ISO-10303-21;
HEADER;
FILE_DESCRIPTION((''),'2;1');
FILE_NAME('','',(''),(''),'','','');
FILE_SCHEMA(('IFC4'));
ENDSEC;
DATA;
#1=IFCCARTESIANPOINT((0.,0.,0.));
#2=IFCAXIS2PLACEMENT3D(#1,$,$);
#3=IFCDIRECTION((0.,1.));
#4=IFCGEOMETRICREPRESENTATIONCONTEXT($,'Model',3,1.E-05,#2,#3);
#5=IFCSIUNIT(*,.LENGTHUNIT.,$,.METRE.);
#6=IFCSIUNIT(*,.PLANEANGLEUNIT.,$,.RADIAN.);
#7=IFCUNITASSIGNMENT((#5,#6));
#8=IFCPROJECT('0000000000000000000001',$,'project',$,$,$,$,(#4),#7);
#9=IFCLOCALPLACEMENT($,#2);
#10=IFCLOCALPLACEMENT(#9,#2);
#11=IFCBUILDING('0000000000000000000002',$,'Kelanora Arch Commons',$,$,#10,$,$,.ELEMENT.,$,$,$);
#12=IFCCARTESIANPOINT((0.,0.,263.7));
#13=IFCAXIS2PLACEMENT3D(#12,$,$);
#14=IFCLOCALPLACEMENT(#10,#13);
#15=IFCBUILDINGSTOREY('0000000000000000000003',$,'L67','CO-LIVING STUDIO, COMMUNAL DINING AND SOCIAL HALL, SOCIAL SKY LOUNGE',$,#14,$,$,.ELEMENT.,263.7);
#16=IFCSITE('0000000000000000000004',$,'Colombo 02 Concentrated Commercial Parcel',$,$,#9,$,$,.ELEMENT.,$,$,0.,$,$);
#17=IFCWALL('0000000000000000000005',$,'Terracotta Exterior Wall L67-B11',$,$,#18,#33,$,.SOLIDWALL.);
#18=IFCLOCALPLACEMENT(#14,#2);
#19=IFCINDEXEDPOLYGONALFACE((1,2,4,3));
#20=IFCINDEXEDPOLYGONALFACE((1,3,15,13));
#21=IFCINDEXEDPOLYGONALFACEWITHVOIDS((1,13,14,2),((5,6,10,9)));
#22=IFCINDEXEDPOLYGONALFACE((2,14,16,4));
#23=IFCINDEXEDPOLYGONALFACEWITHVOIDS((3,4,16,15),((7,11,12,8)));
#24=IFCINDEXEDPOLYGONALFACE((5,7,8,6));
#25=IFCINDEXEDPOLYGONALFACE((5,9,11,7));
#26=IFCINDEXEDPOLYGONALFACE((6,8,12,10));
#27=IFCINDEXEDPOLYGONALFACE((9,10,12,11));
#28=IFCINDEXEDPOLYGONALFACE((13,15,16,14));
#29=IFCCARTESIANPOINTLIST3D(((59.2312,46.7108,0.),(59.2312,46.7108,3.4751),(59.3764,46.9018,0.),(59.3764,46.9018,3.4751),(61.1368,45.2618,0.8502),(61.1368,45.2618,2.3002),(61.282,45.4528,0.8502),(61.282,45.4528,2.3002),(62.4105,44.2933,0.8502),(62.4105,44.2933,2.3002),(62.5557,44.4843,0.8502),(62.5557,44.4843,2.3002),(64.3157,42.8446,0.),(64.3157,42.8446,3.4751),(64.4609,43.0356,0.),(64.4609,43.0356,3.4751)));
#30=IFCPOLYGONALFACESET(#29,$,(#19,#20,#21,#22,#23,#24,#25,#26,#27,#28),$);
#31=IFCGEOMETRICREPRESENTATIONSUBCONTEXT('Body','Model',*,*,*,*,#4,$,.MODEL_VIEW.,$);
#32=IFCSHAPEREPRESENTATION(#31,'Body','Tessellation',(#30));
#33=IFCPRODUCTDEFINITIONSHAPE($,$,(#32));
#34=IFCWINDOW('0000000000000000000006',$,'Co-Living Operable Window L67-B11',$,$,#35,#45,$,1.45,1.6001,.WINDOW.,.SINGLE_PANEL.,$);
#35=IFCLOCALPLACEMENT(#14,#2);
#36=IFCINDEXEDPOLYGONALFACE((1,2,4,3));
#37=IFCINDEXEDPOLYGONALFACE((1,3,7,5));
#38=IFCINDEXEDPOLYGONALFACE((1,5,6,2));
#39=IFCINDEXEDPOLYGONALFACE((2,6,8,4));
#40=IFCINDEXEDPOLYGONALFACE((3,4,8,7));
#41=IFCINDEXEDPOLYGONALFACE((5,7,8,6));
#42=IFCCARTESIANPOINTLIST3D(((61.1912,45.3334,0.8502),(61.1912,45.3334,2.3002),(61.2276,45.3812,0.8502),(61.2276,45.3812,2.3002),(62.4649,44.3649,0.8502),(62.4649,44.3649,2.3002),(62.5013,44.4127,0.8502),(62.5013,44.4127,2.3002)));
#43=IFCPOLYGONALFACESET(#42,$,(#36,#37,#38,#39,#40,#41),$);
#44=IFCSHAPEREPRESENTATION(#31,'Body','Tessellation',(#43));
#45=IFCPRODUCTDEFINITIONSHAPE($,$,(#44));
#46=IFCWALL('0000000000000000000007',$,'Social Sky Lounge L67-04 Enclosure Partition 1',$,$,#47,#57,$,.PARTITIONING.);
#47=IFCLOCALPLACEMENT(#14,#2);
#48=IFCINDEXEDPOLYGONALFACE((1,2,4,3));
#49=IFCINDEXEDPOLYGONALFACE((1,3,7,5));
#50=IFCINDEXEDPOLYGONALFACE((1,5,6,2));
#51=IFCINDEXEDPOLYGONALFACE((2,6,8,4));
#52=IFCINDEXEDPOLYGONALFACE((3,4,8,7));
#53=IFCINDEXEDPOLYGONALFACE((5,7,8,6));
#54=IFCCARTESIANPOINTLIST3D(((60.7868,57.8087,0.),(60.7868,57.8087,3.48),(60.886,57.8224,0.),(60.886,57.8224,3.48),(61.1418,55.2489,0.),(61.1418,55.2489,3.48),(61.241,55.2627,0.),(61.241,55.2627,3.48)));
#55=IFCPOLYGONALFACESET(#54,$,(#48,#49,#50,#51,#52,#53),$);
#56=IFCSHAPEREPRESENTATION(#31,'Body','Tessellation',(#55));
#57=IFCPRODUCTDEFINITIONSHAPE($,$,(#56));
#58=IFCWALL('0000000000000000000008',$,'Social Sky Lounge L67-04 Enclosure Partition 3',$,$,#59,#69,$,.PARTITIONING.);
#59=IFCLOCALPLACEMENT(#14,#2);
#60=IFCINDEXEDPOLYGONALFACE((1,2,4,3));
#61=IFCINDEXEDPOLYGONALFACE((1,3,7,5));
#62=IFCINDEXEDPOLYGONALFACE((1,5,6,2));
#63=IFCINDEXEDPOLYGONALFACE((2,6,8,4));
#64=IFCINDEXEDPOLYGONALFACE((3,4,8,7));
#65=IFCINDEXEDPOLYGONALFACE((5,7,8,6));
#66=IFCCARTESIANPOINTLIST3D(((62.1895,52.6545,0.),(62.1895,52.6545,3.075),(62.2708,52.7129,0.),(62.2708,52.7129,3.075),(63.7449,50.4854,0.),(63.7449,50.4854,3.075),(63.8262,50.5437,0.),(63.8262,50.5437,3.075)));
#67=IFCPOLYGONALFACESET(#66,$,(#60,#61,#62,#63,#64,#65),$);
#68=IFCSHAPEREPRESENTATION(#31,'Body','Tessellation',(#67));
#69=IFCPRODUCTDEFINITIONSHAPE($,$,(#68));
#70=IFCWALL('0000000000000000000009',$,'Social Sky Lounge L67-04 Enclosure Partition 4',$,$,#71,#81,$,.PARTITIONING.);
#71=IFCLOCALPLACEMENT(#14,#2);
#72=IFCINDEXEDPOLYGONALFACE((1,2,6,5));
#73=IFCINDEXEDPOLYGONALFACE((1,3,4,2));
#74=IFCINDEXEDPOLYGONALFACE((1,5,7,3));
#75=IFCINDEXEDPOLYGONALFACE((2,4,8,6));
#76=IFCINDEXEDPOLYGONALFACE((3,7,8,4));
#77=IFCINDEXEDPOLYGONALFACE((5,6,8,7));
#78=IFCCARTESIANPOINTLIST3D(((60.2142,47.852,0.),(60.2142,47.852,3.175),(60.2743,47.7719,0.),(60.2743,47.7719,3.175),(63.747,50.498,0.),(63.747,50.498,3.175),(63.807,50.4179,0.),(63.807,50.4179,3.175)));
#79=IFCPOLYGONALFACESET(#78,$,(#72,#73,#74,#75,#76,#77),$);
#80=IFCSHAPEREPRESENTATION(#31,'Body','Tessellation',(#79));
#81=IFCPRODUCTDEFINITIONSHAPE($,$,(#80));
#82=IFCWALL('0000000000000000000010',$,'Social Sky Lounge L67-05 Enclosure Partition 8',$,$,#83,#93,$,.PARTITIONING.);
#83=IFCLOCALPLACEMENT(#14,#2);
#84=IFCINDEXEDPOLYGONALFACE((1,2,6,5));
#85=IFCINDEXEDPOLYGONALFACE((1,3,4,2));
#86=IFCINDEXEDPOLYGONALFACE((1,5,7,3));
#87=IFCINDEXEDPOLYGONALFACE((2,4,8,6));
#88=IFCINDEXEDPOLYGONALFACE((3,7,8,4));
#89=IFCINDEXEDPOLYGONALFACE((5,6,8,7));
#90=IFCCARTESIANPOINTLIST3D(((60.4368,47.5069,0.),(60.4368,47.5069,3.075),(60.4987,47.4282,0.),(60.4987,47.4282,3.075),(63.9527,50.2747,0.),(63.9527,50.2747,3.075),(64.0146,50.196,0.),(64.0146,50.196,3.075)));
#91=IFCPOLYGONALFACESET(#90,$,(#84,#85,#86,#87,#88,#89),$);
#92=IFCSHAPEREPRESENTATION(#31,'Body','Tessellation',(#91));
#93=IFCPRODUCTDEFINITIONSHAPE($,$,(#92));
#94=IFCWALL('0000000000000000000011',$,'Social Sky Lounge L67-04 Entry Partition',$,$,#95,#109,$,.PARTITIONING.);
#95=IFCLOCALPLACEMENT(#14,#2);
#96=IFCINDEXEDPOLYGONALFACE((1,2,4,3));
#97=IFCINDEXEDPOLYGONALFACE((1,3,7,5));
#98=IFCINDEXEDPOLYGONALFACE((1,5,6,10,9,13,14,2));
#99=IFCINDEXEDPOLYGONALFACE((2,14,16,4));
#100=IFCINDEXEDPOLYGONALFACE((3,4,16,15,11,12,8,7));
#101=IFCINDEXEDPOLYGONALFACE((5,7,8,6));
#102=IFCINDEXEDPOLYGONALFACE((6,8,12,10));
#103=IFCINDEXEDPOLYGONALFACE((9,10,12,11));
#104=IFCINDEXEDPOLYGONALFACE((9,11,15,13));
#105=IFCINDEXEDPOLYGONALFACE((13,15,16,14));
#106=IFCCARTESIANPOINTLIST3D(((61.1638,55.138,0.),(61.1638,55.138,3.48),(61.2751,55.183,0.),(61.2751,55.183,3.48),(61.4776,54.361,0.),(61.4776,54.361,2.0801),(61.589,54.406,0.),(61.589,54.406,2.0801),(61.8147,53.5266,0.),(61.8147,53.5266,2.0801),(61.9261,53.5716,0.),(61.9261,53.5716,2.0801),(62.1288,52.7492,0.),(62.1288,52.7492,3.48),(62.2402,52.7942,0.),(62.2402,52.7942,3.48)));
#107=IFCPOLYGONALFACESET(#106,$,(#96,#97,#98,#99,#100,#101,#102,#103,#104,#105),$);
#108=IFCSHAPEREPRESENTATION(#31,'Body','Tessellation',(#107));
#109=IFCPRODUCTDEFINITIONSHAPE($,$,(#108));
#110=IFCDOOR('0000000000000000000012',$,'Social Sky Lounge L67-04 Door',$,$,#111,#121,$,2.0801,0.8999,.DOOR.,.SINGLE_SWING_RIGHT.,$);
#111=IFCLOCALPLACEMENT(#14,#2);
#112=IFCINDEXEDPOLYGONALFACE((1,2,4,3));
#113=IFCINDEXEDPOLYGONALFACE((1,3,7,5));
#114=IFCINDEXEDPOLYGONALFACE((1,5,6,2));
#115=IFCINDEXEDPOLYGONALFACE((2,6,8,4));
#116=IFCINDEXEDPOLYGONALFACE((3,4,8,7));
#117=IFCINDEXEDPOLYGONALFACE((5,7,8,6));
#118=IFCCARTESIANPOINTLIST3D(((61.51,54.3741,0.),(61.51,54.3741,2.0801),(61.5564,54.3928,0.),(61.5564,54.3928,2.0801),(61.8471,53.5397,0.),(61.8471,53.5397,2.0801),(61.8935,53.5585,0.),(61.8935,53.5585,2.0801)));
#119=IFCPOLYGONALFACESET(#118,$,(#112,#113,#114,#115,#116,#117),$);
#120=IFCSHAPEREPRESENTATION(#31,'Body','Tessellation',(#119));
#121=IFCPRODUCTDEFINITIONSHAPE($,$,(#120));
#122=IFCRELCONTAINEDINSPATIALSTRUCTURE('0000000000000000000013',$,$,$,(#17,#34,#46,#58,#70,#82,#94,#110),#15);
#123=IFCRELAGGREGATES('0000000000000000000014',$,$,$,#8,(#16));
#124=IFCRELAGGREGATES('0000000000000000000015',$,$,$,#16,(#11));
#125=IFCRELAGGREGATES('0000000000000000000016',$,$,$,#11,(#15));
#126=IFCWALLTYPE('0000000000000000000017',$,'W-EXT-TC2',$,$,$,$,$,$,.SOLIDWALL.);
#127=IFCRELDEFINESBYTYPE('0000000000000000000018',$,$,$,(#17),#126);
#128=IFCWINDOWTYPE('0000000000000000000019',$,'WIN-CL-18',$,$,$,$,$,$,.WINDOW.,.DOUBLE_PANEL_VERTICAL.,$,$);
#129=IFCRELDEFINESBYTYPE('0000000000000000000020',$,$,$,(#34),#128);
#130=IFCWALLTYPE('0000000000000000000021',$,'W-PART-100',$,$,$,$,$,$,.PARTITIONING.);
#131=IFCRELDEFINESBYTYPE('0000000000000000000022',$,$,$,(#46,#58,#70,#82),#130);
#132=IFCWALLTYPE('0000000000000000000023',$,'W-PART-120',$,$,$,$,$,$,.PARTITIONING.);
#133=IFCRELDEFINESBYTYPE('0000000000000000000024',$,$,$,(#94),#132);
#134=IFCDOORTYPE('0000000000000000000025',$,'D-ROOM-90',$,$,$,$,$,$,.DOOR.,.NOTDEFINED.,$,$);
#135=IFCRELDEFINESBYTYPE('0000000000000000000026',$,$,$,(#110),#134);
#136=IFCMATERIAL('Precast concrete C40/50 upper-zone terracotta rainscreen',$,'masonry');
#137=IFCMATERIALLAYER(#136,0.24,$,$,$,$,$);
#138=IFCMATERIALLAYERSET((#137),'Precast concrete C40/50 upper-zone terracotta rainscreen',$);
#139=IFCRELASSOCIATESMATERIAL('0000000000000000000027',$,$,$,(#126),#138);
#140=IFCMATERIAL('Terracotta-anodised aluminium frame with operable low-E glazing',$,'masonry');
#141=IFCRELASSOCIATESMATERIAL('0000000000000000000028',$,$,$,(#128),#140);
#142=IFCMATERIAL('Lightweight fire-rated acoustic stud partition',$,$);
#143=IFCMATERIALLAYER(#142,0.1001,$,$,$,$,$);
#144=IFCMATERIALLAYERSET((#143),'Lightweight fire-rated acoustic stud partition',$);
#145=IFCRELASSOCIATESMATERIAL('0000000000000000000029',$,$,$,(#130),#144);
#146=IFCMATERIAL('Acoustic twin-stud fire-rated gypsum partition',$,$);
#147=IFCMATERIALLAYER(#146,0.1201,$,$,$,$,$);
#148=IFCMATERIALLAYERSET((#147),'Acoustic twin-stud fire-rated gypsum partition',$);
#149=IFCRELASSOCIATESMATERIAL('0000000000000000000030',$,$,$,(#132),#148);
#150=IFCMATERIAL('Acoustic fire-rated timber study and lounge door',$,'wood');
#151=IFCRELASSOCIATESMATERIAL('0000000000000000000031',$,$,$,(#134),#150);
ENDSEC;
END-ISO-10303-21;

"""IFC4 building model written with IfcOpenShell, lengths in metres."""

from ifc_helpers import new_model, si_unit, direction, frame, frame_2d, origin, place, context, subcontext, project, spatial, rectangle, extrude, material, layer, layer_set, type_object, element, fill, save


model = new_model("IFC4")

# Units and contexts
model_context = context("Model", 3, precision=1e-05, world=origin(), true_north=direction((0.0, 1.0)))
body_context = subcontext(model_context, "Body", "Model", "MODEL_VIEW")
ifc_project = project(units=[si_unit("LENGTHUNIT", "METRE"), si_unit("PLANEANGLEUNIT", "RADIAN")], contexts=[model_context])

# Site, building, storey
site_placement = place(None, origin())
site = spatial("IfcSite", under=ifc_project, at=site_placement, Name="Colombo 02 Concentrated Commercial Parcel", CompositionType="ELEMENT", RefElevation=0.0)
building_placement = place(site_placement, origin())
building = spatial("IfcBuilding", under=site, at=building_placement, Name="Kelanora Arch Commons", CompositionType="ELEMENT")
storey_placement = place(building_placement, frame((0.0, 0.0, 263.7)))
storey = spatial("IfcBuildingStorey", under=building, at=storey_placement, Name="L67", Description="CO-LIVING STUDIO, COMMUNAL DINING AND SOCIAL HALL, SOCIAL SKY LOUNGE", CompositionType="ELEMENT", Elevation=263.7)

# Wall, opening, window
ifc_material_1 = material(Name="Precast concrete C40/50 upper-zone terracotta rainscreen", Category="masonry")
ifc_layer_1 = layer(ifc_material_1, 0.24)
ifc_layer_set_1 = layer_set([ifc_layer_1], Name="Precast concrete C40/50 upper-zone terracotta rainscreen")
wall_type_1 = type_object("IfcWallType", Name="W-EXT-TC2", PredefinedType="SOLIDWALL", material=ifc_layer_set_1)
wall_1_placement = place(storey_placement, frame((59.3037, 46.8064, 0.0), z_axis=(0.0, 0.0, 1.0), x_axis=(0.79601, -0.605283, 0.0)))
wall_1 = element("IfcWall", 1, at=wall_1_placement, inside=storey, type_object=wall_type_1, Name="Terracotta Exterior Wall L67-B11", PredefinedType="SOLIDWALL", context=body_context, shape_type="SweptSolid", body=[
    extrude(rectangle(XDim=6.3875, YDim=0.24, at=frame_2d((3.1938, 0.0))), origin(), (0.0, 0.0, 1.0), 3.4751),
])
opening_1_placement = place(wall_1_placement, frame((2.394, 0.0, 0.8501)))
opening_1 = element("IfcOpeningElement", 2, at=opening_1_placement, cuts=wall_1, PredefinedType="OPENING", context=body_context, shape_type="SweptSolid", body=[
    extrude(rectangle(XDim=1.6001, YDim=1.45, at=frame_2d((0.8, 0.7251))), frame((0.0, 0.1299, 0.0), z_axis=(0.0, -1.0, 0.0), x_axis=(1.0, 0.0, 0.0)), (0.0, 0.0, 1.0), 0.26),
])
ifc_material_2 = material(Name="Terracotta-anodised aluminium frame with operable low-E glazing", Category="masonry")
window_type = type_object("IfcWindowType", Name="WIN-CL-18", PartitioningType="DOUBLE_PANEL_VERTICAL", PredefinedType="WINDOW", material=ifc_material_2)
window_placement = place(opening_1_placement, origin())
window = element("IfcWindow", 3, at=window_placement, inside=storey, type_object=window_type, Name="Co-Living Operable Window L67-B11", OverallHeight=1.45, OverallWidth=1.6001, PartitioningType="SINGLE_PANEL", PredefinedType="WINDOW", context=body_context, shape_type="SweptSolid", body=[
    extrude(rectangle(XDim=1.6001, YDim=1.45, at=frame_2d((0.8, 0.7251))), frame((0.0, 0.03, 0.0), z_axis=(0.0, -1.0, 0.0), x_axis=(1.0, 0.0, 0.0)), (0.0, 0.0, 1.0), 0.0601),
])
fill(opening_1, window)

# Walls
ifc_material_3 = material(Name="Lightweight fire-rated acoustic stud partition")
ifc_layer_2 = layer(ifc_material_3, 0.1001)
ifc_layer_set_2 = layer_set([ifc_layer_2], Name="Lightweight fire-rated acoustic stud partition")
wall_type_2 = type_object("IfcWallType", Name="W-PART-100", PredefinedType="PARTITIONING", material=ifc_layer_set_2)
wall_2_placement = place(storey_placement, frame((60.8364, 57.8154, 0.0), z_axis=(0.0, 0.0, 1.0), x_axis=(0.13736, -0.990521, 0.0)))
element("IfcWall", 4, at=wall_2_placement, inside=storey, type_object=wall_type_2, Name="Social Sky Lounge L67-04 Enclosure Partition 1", PredefinedType="PARTITIONING", context=body_context, shape_type="SweptSolid", body=[
    extrude(rectangle(XDim=2.5842, YDim=0.1001, at=frame_2d((1.292, 0.0))), origin(), (0.0, 0.0, 1.0), 3.48),
])
wall_3_placement = place(storey_placement, frame((62.2302, 52.6836, 0.0), z_axis=(0.0, 0.0, 1.0), x_axis=(0.582725, -0.812669, 0.0)))
element("IfcWall", 5, at=wall_3_placement, inside=storey, type_object=wall_type_2, Name="Social Sky Lounge L67-04 Enclosure Partition 3", PredefinedType="PARTITIONING", context=body_context, shape_type="SweptSolid", body=[
    extrude(rectangle(XDim=2.6692, YDim=0.1001, at=frame_2d((1.3345, 0.0))), origin(), (0.0, 0.0, 1.0), 3.075),
])
wall_4_placement = place(storey_placement, frame((63.7771, 50.458, 0.0), z_axis=(0.0, 0.0, 1.0), x_axis=(-0.800385, -0.599487, 0.0)))
element("IfcWall", 6, at=wall_4_placement, inside=storey, type_object=wall_type_2, Name="Social Sky Lounge L67-04 Enclosure Partition 4", PredefinedType="PARTITIONING", context=body_context, shape_type="SweptSolid", body=[
    extrude(rectangle(XDim=4.4138, YDim=0.1001, at=frame_2d((2.207, 0.0))), origin(), (0.0, 0.0, 1.0), 3.175),
])
wall_5_placement = place(storey_placement, frame((60.4678, 47.4675, 0.0), z_axis=(0.0, 0.0, 1.0), x_axis=(0.785737, 0.618561, 0.0)))
element("IfcWall", 7, at=wall_5_placement, inside=storey, type_object=wall_type_2, Name="Social Sky Lounge L67-05 Enclosure Partition 8", PredefinedType="PARTITIONING", context=body_context, shape_type="SweptSolid", body=[
    extrude(rectangle(XDim=4.4746, YDim=0.1001, at=frame_2d((2.2373, 0.0))), origin(), (0.0, 0.0, 1.0), 3.075),
])

# Wall, opening, door
ifc_material_4 = material(Name="Acoustic twin-stud fire-rated gypsum partition")
ifc_layer_3 = layer(ifc_material_4, 0.1201)
ifc_layer_set_3 = layer_set([ifc_layer_3], Name="Acoustic twin-stud fire-rated gypsum partition")
wall_type_3 = type_object("IfcWallType", Name="W-PART-120", PredefinedType="PARTITIONING", material=ifc_layer_set_3)
wall_6_placement = place(storey_placement, frame((61.2195, 55.1604, 0.0), z_axis=(0.0, 0.0, 1.0), x_axis=(0.374574, -0.927197, 0.0)))
wall_6 = element("IfcWall", 8, at=wall_6_placement, inside=storey, type_object=wall_type_3, Name="Social Sky Lounge L67-04 Entry Partition", PredefinedType="PARTITIONING", context=body_context, shape_type="SweptSolid", body=[
    extrude(rectangle(XDim=2.5764, YDim=0.1201, at=frame_2d((1.2881, 0.0))), origin(), (0.0, 0.0, 1.0), 3.48),
])
opening_2_placement = place(wall_6_placement, frame((0.8379, 0.0, 0.0)))
opening_2 = element("IfcOpeningElement", 9, at=opening_2_placement, cuts=wall_6, PredefinedType="OPENING", context=body_context, shape_type="SweptSolid", body=[
    extrude(rectangle(XDim=0.8999, YDim=2.0801, at=frame_2d((0.45, 1.04))), frame((0.0, 0.0701, 0.0), z_axis=(0.0, -1.0, 0.0), x_axis=(1.0, 0.0, 0.0)), (0.0, 0.0, 1.0), 0.1401),
])
ifc_material_5 = material(Name="Acoustic fire-rated timber study and lounge door", Category="wood")
door_type = type_object("IfcDoorType", Name="D-ROOM-90", OperationType="NOTDEFINED", PredefinedType="DOOR", material=ifc_material_5)
door_placement = place(opening_2_placement, origin())
door = element("IfcDoor", 10, at=door_placement, inside=storey, type_object=door_type, Name="Social Sky Lounge L67-04 Door", OperationType="SINGLE_SWING_RIGHT", OverallHeight=2.0801, OverallWidth=0.8999, PredefinedType="DOOR", context=body_context, shape_type="SweptSolid", body=[
    extrude(rectangle(XDim=0.8999, YDim=2.0801, at=frame_2d((0.45, 1.04))), frame((0.0, 0.0249, 0.0), z_axis=(0.0, -1.0, 0.0), x_axis=(1.0, 0.0, 0.0)), (0.0, 0.0, 1.0), 0.05),
])
fill(opening_2, door)

save(model, "model.ifc")
